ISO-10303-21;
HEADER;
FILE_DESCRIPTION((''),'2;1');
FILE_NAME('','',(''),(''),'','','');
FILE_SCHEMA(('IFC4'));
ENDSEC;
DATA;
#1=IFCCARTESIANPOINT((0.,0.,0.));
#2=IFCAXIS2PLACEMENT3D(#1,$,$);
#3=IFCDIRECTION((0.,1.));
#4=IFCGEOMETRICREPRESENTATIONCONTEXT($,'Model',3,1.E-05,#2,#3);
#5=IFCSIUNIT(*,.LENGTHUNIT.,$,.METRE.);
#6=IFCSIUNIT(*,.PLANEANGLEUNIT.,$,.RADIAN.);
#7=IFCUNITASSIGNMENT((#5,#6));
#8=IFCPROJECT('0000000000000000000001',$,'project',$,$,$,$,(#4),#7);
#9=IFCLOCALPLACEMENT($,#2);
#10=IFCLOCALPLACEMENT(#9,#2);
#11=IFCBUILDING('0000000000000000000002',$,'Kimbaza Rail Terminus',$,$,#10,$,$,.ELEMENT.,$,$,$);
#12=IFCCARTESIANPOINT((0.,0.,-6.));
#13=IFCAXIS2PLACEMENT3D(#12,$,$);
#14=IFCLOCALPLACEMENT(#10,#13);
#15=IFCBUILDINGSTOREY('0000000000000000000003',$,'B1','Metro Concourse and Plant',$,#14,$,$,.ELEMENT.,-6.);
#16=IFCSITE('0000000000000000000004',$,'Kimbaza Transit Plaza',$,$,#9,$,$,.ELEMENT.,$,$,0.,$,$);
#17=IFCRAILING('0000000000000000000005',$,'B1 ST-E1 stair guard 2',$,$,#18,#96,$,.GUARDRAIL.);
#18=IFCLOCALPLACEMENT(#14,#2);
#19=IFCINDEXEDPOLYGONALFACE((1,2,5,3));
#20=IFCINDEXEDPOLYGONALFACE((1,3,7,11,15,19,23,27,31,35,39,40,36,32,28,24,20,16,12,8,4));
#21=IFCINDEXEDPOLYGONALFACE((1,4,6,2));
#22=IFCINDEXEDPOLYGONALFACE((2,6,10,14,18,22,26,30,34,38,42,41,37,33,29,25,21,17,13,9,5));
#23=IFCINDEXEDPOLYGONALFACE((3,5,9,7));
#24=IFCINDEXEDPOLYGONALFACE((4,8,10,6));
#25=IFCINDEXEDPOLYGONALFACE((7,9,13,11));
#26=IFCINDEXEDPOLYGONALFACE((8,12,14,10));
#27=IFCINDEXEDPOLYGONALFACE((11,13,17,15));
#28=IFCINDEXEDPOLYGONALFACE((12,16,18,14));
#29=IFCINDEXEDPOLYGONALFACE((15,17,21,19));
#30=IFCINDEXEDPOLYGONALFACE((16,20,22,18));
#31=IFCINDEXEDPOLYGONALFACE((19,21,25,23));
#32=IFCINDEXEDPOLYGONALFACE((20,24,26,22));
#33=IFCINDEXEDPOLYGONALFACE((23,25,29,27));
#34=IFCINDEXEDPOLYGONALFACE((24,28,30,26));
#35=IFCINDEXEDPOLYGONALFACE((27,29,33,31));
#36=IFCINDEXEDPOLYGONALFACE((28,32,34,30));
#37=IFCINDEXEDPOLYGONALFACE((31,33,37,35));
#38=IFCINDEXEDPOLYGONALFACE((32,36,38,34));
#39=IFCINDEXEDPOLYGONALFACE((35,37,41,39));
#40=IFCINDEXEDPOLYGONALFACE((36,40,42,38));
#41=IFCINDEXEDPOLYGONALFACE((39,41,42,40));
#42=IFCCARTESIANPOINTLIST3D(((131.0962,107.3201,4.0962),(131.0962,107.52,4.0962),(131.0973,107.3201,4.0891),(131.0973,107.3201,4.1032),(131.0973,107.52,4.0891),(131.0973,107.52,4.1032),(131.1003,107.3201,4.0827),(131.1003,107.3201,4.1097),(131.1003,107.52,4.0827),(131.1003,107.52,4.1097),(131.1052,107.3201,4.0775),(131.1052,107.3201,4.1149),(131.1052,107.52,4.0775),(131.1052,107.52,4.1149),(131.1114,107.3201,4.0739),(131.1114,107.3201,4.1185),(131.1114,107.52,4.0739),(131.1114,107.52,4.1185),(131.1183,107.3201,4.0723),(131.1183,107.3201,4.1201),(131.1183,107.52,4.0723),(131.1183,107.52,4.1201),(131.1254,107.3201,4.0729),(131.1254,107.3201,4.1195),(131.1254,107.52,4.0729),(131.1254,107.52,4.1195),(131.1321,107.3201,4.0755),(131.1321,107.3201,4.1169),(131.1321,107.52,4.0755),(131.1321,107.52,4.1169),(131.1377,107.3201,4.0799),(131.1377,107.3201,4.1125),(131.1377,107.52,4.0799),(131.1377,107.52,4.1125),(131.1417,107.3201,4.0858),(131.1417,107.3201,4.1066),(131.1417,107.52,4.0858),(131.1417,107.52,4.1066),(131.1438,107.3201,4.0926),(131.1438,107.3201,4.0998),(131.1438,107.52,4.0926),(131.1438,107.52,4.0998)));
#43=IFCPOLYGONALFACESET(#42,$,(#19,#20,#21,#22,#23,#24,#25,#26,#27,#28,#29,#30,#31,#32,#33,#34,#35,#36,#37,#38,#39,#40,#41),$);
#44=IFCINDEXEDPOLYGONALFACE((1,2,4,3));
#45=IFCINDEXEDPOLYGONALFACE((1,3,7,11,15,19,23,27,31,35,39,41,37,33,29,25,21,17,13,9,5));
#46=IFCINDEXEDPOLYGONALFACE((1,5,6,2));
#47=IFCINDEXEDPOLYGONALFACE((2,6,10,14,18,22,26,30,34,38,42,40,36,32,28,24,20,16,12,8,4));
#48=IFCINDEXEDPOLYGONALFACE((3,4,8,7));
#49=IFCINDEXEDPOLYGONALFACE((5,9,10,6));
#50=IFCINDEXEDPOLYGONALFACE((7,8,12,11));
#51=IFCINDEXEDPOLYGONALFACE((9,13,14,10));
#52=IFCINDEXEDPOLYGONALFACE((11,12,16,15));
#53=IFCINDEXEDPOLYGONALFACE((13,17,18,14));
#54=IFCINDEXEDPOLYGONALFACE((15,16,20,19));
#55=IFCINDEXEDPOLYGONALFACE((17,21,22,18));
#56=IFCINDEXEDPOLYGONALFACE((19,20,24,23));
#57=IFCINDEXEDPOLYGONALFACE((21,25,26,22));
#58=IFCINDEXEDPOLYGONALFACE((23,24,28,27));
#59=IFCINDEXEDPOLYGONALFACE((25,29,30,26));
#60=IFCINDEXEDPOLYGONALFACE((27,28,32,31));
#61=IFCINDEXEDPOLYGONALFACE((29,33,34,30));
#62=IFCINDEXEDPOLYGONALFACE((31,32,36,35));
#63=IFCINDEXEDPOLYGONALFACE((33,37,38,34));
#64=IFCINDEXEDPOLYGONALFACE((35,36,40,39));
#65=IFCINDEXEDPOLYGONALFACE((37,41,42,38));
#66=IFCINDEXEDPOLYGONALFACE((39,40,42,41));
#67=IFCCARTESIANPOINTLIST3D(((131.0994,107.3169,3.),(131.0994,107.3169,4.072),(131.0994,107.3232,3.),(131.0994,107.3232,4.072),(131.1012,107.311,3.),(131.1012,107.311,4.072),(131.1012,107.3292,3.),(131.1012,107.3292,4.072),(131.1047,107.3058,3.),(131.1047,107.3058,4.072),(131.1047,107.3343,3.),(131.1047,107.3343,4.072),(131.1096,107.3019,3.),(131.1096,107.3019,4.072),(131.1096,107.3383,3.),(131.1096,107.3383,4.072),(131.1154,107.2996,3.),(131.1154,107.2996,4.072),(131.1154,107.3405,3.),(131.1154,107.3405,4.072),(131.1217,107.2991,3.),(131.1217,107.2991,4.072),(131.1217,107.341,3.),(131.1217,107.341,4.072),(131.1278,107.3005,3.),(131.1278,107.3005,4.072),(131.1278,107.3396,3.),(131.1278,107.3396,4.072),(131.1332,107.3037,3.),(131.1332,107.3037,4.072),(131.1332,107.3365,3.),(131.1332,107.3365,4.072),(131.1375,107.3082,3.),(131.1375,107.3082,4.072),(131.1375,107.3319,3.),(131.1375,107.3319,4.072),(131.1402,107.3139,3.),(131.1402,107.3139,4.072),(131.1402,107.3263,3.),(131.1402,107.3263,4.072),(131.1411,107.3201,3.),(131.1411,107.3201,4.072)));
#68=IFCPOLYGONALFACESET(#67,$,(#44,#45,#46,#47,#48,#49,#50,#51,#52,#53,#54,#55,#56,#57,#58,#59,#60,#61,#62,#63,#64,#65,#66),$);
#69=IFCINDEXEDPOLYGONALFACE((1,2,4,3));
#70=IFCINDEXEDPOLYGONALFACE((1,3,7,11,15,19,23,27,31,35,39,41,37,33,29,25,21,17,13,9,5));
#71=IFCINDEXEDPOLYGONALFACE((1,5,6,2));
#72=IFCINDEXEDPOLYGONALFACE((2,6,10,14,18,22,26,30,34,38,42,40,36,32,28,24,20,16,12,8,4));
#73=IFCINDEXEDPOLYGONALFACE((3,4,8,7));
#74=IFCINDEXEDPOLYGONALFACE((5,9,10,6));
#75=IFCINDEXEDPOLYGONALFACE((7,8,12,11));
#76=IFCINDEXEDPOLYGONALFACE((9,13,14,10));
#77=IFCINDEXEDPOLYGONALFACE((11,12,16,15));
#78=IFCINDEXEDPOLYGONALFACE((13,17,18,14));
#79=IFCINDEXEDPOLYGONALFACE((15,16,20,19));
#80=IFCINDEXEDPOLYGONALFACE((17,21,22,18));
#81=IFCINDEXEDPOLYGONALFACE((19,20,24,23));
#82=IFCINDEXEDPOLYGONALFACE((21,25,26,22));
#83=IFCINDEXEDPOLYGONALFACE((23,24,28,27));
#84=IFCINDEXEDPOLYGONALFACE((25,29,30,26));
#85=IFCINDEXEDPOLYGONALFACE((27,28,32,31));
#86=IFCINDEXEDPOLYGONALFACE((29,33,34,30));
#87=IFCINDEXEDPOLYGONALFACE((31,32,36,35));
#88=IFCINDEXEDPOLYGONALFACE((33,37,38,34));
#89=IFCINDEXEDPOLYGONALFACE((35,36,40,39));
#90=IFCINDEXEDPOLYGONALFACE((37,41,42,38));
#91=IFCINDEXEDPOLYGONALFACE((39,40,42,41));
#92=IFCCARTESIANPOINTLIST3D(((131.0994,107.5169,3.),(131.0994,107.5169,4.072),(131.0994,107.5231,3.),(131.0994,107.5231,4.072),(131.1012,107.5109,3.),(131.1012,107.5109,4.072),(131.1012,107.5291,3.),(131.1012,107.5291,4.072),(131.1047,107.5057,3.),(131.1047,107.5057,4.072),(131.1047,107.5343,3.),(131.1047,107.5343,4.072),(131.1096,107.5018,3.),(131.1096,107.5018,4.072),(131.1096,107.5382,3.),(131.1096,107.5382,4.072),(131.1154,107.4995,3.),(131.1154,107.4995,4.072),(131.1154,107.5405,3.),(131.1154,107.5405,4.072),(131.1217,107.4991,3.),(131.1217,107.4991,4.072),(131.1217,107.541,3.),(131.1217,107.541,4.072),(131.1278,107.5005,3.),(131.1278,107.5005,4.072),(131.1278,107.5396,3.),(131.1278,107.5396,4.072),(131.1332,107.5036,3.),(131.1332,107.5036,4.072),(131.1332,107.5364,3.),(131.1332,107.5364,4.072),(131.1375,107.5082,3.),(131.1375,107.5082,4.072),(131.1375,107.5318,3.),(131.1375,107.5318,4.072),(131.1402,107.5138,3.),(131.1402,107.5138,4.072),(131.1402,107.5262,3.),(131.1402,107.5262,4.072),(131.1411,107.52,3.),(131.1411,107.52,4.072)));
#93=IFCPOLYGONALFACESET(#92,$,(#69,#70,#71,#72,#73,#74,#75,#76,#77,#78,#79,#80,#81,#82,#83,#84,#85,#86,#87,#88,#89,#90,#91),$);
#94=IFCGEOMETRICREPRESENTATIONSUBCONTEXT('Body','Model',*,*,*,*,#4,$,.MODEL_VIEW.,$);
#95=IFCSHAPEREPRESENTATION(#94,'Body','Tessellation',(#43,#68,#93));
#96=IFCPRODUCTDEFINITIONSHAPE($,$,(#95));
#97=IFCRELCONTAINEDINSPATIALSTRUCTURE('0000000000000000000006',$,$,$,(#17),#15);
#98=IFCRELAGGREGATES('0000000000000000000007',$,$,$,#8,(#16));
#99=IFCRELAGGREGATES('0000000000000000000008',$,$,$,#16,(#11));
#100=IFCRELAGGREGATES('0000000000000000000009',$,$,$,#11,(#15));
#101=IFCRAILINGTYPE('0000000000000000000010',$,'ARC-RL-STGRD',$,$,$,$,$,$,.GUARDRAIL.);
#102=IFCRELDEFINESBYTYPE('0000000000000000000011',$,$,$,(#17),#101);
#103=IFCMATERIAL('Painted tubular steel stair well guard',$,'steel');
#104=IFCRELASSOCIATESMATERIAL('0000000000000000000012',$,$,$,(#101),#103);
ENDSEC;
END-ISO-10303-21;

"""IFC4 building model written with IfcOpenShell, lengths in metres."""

from ifc_helpers import new_model, si_unit, direction, frame, origin, origin_2d, place, context, subcontext, project, spatial, circle, extrude, material, type_object, element, save


model = new_model("IFC4")

# Units and contexts
model_context = context("Model", 3, precision=1e-05, world=origin(), true_north=direction((0.0, 1.0)))
body_context = subcontext(model_context, "Body", "Model", "MODEL_VIEW")
ifc_project = project(units=[si_unit("LENGTHUNIT", "METRE"), si_unit("PLANEANGLEUNIT", "RADIAN")], contexts=[model_context])

# Site, building, storey
site_placement = place(None, origin())
site = spatial("IfcSite", under=ifc_project, at=site_placement, Name="Kimbaza Transit Plaza", CompositionType="ELEMENT", RefElevation=0.0)
building_placement = place(site_placement, origin())
building = spatial("IfcBuilding", under=site, at=building_placement, Name="Kimbaza Rail Terminus", CompositionType="ELEMENT")
storey_placement = place(building_placement, frame((0.0, 0.0, -6.0)))
storey = spatial("IfcBuildingStorey", under=building, at=storey_placement, Name="B1", Description="Metro Concourse and Plant", CompositionType="ELEMENT", Elevation=-6.0)

# Railing
ifc_material_1 = material(Name="Painted tubular steel stair well guard", Category="steel")
railing_type_1 = type_object("IfcRailingType", Name="ARC-RL-STGRD", PredefinedType="GUARDRAIL", material=ifc_material_1)
railing_1_placement = place(storey_placement, frame((131.1201, 107.3201, 3.0)))
element("IfcRailing", 1, at=railing_1_placement, inside=storey, type_object=railing_type_1, Name="B1 ST-E1 stair guard 2", PredefinedType="GUARDRAIL", context=body_context, shape_type="SweptSolid", body=[
    extrude(circle(Radius=0.0239, at=origin_2d()), frame((0.0, 0.0, 1.0962), z_axis=(0.0, 1.0, 0.0), x_axis=(-1.0, 0.0, 0.0)), (0.0, 0.0, 1.0), 0.2),
    extrude(circle(Radius=0.021, at=origin_2d()), origin(), (0.0, 0.0, 1.0), 1.072),
    extrude(circle(Radius=0.021, at=origin_2d()), frame((0.0, 0.2, 0.0)), (0.0, 0.0, 1.0), 1.072),
])

save(model, "model.ifc")
